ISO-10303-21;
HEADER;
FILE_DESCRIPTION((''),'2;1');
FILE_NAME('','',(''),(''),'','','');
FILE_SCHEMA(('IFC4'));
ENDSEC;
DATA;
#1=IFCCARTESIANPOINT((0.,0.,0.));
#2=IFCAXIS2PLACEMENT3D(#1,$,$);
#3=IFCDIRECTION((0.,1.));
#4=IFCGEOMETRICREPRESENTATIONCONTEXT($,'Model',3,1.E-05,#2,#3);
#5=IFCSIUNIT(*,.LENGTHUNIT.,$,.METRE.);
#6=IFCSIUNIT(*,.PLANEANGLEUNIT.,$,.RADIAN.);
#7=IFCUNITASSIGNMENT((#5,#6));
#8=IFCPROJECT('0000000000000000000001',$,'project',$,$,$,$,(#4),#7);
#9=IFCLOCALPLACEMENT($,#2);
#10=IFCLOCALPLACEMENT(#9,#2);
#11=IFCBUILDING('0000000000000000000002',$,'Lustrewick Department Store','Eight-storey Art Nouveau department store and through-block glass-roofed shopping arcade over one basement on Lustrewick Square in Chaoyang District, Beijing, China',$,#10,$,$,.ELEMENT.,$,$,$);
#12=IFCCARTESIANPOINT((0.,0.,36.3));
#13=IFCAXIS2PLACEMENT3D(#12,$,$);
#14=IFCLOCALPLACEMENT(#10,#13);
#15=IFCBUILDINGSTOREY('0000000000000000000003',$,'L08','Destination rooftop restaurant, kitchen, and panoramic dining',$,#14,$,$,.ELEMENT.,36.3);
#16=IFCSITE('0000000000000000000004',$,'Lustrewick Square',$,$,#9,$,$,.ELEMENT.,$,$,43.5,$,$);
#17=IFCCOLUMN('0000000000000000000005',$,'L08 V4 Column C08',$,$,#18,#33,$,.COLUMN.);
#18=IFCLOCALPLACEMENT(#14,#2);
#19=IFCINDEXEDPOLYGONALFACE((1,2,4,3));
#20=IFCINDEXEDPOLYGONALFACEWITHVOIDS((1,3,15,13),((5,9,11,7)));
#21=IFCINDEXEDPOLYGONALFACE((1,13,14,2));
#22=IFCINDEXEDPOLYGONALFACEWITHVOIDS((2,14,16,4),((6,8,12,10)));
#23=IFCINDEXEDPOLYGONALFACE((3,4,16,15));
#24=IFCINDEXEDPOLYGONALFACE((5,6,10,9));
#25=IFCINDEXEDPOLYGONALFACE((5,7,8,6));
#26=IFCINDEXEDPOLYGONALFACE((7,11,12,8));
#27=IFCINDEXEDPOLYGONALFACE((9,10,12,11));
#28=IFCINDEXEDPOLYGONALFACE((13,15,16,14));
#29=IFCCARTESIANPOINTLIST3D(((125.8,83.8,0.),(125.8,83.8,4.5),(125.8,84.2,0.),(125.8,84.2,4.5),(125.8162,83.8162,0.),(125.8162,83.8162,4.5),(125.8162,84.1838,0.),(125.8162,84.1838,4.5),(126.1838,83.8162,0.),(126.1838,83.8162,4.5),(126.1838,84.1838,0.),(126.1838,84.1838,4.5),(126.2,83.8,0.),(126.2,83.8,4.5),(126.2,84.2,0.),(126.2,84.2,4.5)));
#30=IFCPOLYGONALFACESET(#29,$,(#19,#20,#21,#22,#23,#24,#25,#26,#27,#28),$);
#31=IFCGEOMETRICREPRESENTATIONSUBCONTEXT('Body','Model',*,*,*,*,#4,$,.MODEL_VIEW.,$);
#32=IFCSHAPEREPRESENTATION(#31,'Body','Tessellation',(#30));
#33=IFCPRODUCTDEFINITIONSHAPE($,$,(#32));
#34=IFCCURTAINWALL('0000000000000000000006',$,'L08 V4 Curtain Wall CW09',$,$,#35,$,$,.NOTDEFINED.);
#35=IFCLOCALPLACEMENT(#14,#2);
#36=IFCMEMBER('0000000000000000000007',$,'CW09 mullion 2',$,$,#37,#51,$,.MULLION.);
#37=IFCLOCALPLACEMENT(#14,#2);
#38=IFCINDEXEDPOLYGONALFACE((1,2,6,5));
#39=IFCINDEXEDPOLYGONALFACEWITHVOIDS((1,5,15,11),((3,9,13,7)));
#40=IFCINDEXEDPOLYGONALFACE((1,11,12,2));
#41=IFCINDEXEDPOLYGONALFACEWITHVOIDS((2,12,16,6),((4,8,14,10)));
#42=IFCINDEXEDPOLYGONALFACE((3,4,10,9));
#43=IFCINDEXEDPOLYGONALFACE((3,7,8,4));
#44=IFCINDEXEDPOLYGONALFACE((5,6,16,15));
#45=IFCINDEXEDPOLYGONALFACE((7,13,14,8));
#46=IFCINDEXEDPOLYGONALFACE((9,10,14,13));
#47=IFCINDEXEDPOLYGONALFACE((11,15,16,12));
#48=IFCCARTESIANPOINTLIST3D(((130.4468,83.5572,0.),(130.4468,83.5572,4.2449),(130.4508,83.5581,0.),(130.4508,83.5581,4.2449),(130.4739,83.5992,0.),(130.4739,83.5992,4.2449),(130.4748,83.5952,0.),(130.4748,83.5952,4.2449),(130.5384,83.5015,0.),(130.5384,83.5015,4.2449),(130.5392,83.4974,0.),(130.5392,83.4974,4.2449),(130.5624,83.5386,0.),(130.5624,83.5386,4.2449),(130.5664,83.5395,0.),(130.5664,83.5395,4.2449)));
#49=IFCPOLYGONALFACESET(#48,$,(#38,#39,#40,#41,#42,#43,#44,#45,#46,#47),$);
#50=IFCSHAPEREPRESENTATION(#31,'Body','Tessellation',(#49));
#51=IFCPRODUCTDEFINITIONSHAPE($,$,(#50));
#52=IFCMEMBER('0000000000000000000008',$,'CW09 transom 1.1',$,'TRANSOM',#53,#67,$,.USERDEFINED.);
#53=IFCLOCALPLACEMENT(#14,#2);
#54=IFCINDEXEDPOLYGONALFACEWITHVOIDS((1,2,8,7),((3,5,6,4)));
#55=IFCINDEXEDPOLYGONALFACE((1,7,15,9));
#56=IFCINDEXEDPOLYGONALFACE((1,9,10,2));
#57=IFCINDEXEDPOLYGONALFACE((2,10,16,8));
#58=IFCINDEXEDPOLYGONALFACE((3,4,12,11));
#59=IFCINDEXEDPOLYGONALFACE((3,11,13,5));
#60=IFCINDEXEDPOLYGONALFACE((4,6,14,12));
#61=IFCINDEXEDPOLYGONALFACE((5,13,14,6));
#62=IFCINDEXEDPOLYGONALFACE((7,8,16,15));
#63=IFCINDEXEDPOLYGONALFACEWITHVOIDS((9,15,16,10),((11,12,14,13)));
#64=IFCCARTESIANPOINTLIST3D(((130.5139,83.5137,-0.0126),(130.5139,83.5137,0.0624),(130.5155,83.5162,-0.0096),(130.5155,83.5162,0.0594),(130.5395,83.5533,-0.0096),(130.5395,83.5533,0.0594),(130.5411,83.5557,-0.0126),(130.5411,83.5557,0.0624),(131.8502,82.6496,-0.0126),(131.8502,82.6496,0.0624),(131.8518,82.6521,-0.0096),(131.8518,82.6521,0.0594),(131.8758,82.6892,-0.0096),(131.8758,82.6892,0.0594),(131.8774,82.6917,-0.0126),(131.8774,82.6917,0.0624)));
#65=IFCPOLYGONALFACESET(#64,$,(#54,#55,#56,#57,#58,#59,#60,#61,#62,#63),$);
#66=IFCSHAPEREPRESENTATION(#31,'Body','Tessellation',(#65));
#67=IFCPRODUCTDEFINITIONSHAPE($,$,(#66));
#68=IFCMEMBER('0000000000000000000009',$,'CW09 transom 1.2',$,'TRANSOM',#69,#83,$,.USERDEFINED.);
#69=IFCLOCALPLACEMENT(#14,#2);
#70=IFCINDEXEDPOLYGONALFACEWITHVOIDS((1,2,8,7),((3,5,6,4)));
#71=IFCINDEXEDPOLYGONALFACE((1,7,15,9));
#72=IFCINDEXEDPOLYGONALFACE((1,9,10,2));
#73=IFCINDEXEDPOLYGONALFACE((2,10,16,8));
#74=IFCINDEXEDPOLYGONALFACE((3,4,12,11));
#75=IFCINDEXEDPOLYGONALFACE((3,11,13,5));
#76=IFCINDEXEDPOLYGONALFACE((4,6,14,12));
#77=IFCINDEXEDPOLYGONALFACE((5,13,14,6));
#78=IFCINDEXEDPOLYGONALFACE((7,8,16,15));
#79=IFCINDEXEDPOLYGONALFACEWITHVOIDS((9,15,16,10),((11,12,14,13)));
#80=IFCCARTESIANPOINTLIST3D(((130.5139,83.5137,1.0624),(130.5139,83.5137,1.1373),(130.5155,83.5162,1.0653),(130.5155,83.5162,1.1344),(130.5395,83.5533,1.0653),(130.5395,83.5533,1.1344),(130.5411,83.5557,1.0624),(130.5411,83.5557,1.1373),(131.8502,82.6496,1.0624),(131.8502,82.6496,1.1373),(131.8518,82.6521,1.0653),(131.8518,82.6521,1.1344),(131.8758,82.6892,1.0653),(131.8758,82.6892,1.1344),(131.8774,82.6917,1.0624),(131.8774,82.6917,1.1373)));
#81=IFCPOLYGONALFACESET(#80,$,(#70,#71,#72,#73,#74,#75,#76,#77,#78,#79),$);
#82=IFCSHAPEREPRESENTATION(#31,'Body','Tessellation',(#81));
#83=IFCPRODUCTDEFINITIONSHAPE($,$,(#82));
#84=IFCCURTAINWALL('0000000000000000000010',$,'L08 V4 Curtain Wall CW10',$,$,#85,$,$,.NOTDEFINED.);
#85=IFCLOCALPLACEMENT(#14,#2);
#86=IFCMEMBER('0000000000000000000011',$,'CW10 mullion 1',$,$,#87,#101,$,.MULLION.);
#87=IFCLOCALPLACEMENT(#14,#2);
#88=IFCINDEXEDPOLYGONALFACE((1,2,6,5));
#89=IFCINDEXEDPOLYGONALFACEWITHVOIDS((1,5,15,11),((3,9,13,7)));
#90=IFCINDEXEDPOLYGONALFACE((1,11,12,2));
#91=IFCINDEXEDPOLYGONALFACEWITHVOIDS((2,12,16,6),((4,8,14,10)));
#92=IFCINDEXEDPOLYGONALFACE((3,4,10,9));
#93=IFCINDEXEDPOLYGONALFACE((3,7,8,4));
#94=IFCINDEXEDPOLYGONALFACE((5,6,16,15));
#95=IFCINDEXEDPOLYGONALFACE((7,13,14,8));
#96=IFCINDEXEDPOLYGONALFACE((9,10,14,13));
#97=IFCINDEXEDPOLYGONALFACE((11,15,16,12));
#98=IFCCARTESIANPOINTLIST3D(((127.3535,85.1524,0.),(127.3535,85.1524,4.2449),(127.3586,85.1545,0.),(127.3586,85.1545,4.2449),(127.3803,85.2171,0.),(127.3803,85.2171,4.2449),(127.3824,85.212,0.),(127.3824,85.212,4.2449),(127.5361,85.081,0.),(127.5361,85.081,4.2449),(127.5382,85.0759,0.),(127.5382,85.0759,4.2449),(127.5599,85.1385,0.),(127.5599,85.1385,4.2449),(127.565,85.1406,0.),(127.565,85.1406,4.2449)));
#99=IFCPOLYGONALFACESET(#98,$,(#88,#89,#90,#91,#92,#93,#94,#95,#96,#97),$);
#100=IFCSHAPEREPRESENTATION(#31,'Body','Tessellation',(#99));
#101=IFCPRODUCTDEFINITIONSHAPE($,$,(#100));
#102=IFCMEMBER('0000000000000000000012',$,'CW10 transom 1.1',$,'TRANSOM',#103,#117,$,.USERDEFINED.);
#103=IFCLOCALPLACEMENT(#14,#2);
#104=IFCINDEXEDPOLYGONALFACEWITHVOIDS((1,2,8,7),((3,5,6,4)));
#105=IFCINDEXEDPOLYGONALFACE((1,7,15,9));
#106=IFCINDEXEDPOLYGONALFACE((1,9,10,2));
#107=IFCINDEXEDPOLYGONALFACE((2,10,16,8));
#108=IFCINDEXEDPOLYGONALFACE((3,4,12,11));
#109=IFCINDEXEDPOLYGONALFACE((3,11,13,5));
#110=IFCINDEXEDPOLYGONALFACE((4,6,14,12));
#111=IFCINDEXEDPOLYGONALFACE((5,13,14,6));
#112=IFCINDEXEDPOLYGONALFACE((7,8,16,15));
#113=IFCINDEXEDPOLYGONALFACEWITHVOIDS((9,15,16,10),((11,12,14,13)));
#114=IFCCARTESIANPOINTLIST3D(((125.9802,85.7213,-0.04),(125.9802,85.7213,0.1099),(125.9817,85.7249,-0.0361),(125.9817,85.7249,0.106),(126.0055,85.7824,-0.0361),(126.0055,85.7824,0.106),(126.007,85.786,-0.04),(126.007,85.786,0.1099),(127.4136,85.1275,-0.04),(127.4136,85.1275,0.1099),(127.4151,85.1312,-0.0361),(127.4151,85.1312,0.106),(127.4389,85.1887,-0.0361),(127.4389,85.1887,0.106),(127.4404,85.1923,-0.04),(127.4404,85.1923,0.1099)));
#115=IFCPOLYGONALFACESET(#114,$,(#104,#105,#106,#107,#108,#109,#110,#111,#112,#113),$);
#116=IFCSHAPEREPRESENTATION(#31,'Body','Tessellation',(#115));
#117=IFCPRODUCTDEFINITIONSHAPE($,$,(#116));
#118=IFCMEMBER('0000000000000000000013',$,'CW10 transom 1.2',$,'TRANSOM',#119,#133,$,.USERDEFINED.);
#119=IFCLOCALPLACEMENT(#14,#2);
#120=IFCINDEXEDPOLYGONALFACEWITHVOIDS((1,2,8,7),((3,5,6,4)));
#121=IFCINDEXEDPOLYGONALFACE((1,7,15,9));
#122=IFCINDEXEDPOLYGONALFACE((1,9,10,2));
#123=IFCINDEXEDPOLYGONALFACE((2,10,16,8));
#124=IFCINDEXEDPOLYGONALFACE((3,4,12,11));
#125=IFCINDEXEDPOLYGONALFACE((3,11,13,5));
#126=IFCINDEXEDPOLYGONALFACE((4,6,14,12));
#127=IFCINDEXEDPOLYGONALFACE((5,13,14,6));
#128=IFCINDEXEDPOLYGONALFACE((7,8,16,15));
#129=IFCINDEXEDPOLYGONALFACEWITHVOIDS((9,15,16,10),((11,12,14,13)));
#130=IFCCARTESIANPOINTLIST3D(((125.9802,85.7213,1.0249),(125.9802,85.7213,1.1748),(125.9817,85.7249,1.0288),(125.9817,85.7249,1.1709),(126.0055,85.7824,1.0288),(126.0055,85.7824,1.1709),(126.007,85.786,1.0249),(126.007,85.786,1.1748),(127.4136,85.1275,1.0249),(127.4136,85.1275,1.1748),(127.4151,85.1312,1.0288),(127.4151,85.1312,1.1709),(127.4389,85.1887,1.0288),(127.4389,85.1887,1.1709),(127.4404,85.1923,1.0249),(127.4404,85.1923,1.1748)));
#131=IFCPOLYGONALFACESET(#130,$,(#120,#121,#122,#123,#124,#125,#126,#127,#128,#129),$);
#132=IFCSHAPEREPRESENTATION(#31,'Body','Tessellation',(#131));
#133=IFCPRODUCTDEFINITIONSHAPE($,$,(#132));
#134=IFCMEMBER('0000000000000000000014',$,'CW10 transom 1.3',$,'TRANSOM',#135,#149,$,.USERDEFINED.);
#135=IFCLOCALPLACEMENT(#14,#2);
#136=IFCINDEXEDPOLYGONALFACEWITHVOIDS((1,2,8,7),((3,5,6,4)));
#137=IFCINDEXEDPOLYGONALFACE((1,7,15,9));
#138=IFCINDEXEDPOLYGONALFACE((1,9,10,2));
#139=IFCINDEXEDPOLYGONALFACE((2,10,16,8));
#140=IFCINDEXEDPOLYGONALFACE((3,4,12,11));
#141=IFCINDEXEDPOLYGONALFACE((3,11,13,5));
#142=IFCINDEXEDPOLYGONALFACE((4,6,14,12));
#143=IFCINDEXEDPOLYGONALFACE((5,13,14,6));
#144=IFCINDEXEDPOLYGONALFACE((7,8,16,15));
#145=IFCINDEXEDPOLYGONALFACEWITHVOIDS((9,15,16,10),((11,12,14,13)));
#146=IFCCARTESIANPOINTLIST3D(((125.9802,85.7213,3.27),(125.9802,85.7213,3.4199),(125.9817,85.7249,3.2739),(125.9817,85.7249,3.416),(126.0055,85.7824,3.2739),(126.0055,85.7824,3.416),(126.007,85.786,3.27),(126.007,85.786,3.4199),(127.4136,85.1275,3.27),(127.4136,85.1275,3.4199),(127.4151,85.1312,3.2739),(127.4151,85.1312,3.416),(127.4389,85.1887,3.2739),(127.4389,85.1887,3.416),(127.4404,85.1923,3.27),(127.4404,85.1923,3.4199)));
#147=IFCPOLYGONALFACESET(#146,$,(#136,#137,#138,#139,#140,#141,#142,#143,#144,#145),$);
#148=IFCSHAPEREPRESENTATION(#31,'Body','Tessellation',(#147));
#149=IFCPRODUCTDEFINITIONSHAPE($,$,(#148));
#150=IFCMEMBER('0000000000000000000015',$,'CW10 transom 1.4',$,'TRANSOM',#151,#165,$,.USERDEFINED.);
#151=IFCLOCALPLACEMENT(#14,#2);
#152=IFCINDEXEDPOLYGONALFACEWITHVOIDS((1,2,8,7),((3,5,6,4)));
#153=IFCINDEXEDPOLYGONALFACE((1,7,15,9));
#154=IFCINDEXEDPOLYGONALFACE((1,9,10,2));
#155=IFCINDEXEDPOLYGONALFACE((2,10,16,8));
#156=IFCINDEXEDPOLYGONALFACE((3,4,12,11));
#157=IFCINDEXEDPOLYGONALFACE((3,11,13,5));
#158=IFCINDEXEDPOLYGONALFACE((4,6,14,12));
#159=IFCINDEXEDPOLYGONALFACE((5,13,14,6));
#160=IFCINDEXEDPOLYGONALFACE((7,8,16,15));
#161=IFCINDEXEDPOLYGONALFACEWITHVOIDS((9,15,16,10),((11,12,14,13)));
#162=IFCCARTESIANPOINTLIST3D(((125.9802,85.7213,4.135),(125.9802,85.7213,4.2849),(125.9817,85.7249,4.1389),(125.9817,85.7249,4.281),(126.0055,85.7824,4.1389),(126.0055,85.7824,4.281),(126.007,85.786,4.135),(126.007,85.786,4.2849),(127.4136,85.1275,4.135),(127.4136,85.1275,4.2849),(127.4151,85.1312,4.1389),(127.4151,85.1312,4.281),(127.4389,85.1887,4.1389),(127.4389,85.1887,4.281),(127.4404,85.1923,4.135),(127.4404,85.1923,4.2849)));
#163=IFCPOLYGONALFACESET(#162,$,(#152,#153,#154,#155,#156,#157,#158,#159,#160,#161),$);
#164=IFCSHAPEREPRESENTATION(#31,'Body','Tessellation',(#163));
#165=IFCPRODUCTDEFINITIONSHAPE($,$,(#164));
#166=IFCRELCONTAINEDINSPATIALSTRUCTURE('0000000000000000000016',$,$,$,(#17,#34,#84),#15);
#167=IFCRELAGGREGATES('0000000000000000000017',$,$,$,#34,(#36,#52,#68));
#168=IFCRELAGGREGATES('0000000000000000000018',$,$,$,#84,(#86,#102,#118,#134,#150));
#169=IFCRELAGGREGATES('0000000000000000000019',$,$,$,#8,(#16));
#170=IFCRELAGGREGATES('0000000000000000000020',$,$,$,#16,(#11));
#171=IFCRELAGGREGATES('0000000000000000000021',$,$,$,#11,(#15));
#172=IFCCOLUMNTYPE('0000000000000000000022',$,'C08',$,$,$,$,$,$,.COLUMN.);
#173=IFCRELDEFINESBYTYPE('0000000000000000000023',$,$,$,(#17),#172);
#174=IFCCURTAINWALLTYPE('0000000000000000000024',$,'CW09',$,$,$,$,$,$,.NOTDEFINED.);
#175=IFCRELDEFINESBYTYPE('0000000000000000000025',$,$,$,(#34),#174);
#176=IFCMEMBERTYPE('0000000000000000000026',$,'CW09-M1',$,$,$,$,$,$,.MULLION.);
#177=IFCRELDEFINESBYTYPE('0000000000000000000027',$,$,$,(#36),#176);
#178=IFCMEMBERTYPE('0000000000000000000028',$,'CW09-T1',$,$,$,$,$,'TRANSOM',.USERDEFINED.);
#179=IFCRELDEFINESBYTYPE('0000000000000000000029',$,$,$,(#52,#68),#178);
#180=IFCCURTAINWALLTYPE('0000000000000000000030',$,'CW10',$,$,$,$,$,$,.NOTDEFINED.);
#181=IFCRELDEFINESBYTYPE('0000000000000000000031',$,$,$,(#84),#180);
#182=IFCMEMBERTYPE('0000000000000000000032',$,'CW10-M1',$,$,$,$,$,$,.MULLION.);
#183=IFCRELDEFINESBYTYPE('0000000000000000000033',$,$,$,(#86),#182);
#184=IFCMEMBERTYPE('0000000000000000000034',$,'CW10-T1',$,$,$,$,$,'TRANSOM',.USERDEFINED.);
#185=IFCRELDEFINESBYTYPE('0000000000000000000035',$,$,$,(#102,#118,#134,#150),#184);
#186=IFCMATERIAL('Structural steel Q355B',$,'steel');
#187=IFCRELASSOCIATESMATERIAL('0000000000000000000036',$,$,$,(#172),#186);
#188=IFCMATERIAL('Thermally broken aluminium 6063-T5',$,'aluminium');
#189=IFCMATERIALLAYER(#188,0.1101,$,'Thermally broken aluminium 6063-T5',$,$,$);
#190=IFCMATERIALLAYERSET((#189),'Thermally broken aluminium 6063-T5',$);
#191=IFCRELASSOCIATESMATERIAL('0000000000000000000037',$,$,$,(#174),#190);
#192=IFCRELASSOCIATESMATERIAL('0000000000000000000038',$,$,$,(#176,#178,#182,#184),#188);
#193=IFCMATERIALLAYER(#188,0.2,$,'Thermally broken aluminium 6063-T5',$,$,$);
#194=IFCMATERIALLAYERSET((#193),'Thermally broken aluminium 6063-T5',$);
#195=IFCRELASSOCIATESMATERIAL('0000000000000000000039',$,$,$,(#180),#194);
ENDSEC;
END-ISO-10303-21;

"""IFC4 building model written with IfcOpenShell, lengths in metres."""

from ifc_helpers import new_model, si_unit, direction, frame, origin, origin_2d, place, context, subcontext, project, spatial, hollow_rectangle, extrude, material, layer, layer_set, material_profile, profile_set, type_object, element, aggregate, save


model = new_model("IFC4")

# Units and contexts
model_context = context("Model", 3, precision=1e-05, world=origin(), true_north=direction((0.0, 1.0)))
body_context = subcontext(model_context, "Body", "Model", "MODEL_VIEW")
ifc_project = project(units=[si_unit("LENGTHUNIT", "METRE"), si_unit("PLANEANGLEUNIT", "RADIAN")], contexts=[model_context])

# Site, building, storey
site_placement = place(None, origin())
site = spatial("IfcSite", under=ifc_project, at=site_placement, Name="Lustrewick Square", CompositionType="ELEMENT", RefElevation=43.5)
building_placement = place(site_placement, origin())
building = spatial("IfcBuilding", under=site, at=building_placement, Name="Lustrewick Department Store", Description="Eight-storey Art Nouveau department store and through-block glass-roofed shopping arcade over one basement on Lustrewick Square in Chaoyang District, Beijing, China", CompositionType="ELEMENT")
storey_placement = place(building_placement, frame((0.0, 0.0, 36.3)))
storey = spatial("IfcBuildingStorey", under=building, at=storey_placement, Name="L08", Description="Destination rooftop restaurant, kitchen, and panoramic dining", CompositionType="ELEMENT", Elevation=36.3)

# Column
ifc_material_1 = material(Name="Structural steel Q355B", Category="steel")
ifc_material_profile_1 = material_profile(ifc_material_1, hollow_rectangle(XDim=0.3999, YDim=0.3999, WallThickness=0.0161, at=origin_2d()), Name="BOX 400x400x16")
ifc_profile_set_1 = profile_set([ifc_material_profile_1], Name="Structural steel Q355B")
column_type = type_object("IfcColumnType", Name="C08", PredefinedType="COLUMN", material=ifc_profile_set_1)
column_placement = place(storey_placement, frame((126.0, 84.0, 0.0), z_axis=(0.0, 0.0, 1.0), x_axis=(1.0, 0.0, 0.0)))
element("IfcColumn", 1, at=column_placement, inside=storey, type_object=column_type, Name="L08 V4 Column C08", PredefinedType="COLUMN", context=body_context, shape_type="SweptSolid", body=[
    extrude(hollow_rectangle(XDim=0.3999, YDim=0.3999, WallThickness=0.0161, at=origin_2d()), origin(), (0.0, 0.0, 1.0), 4.5),
])

# Curtain walls, members
ifc_material_2 = material(Name="Thermally broken aluminium 6063-T5", Category="aluminium")
ifc_layer_1 = layer(ifc_material_2, 0.1101, Name="Thermally broken aluminium 6063-T5")
ifc_layer_set_1 = layer_set([ifc_layer_1], Name="Thermally broken aluminium 6063-T5")
curtain_wall_type_1 = type_object("IfcCurtainWallType", Name="CW09", PredefinedType="NOTDEFINED", material=ifc_layer_set_1)
curtain_wall_1_placement = place(storey_placement, origin())
curtain_wall_1 = element("IfcCurtainWall", 2, at=curtain_wall_1_placement, inside=storey, type_object=curtain_wall_type_1, Name="L08 V4 Curtain Wall CW09", PredefinedType="NOTDEFINED")
ifc_material_profile_2 = material_profile(ifc_material_2, hollow_rectangle(XDim=0.05, YDim=0.1101, WallThickness=0.0029, at=origin_2d()), Name="ALU-M 50x110x3")
ifc_profile_set_2 = profile_set([ifc_material_profile_2], Name="Thermally broken aluminium 6063-T5")
member_type_1 = type_object("IfcMemberType", Name="CW09-M1", PredefinedType="MULLION", material=ifc_profile_set_2)
member_1_placement = place(storey_placement, frame((130.5066, 83.5483, 0.0), z_axis=(0.0, 0.0, 1.0), x_axis=(-0.542994, -0.839737, 0.0)))
member_1 = element("IfcMember", 3, at=member_1_placement, type_object=member_type_1, Name="CW09 mullion 2", PredefinedType="MULLION", context=body_context, shape_type="SweptSolid", body=[
    extrude(hollow_rectangle(XDim=0.05, YDim=0.1101, WallThickness=0.0029, at=origin_2d()), origin(), (0.0, 0.0, 1.0), 4.2449),
])
ifc_material_profile_3 = material_profile(ifc_material_2, hollow_rectangle(XDim=0.05, YDim=0.075, WallThickness=0.0029, at=origin_2d()), Name="ALU-T 50x75x3")
ifc_profile_set_3 = profile_set([ifc_material_profile_3], Name="Thermally broken aluminium 6063-T5")
member_type_2 = type_object("IfcMemberType", Name="CW09-T1", ElementType="TRANSOM", PredefinedType="USERDEFINED", material=ifc_profile_set_3)
member_2_placement = place(storey_placement, frame((131.8638, 82.6707, 0.0249), z_axis=(-0.839735, 0.542997, 0.0), x_axis=(-0.542997, -0.839735, 0.0)))
member_2 = element("IfcMember", 4, at=member_2_placement, type_object=member_type_2, Name="CW09 transom 1.1", ObjectType="TRANSOM", PredefinedType="USERDEFINED", context=body_context, shape_type="SweptSolid", body=[
    extrude(hollow_rectangle(XDim=0.05, YDim=0.075, WallThickness=0.0029, at=origin_2d()), origin(), (0.0, 0.0, 1.0), 1.5913),
])
member_3_placement = place(storey_placement, frame((131.8638, 82.6707, 1.0999), z_axis=(-0.839735, 0.542997, 0.0), x_axis=(-0.542997, -0.839735, 0.0)))
member_3 = element("IfcMember", 5, at=member_3_placement, type_object=member_type_2, Name="CW09 transom 1.2", ObjectType="TRANSOM", PredefinedType="USERDEFINED", context=body_context, shape_type="SweptSolid", body=[
    extrude(hollow_rectangle(XDim=0.05, YDim=0.075, WallThickness=0.0029, at=origin_2d()), origin(), (0.0, 0.0, 1.0), 1.5913),
])
ifc_layer_2 = layer(ifc_material_2, 0.2, Name="Thermally broken aluminium 6063-T5")
ifc_layer_set_2 = layer_set([ifc_layer_2], Name="Thermally broken aluminium 6063-T5")
curtain_wall_type_2 = type_object("IfcCurtainWallType", Name="CW10", PredefinedType="NOTDEFINED", material=ifc_layer_set_2)
curtain_wall_2_placement = place(storey_placement, origin())
curtain_wall_2 = element("IfcCurtainWall", 6, at=curtain_wall_2_placement, inside=storey, type_object=curtain_wall_type_2, Name="L08 V4 Curtain Wall CW10", PredefinedType="NOTDEFINED")
ifc_material_profile_4 = material_profile(ifc_material_2, hollow_rectangle(XDim=0.0701, YDim=0.2, WallThickness=0.0039, at=origin_2d()), Name="ALU-M 70x200x4")
ifc_profile_set_4 = profile_set([ifc_material_profile_4], Name="Thermally broken aluminium 6063-T5")
member_type_3 = type_object("IfcMemberType", Name="CW10-M1", PredefinedType="MULLION", material=ifc_profile_set_4)
member_4_placement = place(storey_placement, frame((127.4592, 85.1465, 0.0), z_axis=(0.0, 0.0, 1.0), x_axis=(-0.382688, -0.923878, 0.0)))
member_4 = element("IfcMember", 7, at=member_4_placement, type_object=member_type_3, Name="CW10 mullion 1", PredefinedType="MULLION", context=body_context, shape_type="SweptSolid", body=[
    extrude(hollow_rectangle(XDim=0.0701, YDim=0.2, WallThickness=0.0039, at=origin_2d()), origin(), (0.0, 0.0, 1.0), 4.2449),
])
ifc_material_profile_5 = material_profile(ifc_material_2, hollow_rectangle(XDim=0.0701, YDim=0.1499, WallThickness=0.0039, at=origin_2d()), Name="ALU-T 70x150x4")
ifc_profile_set_5 = profile_set([ifc_material_profile_5], Name="Thermally broken aluminium 6063-T5")
member_type_4 = type_object("IfcMemberType", Name="CW10-T1", ElementType="TRANSOM", PredefinedType="USERDEFINED", material=ifc_profile_set_5)
member_5_placement = place(storey_placement, frame((127.427, 85.1599, 0.0349), z_axis=(-0.923871, 0.382704, 0.0), x_axis=(-0.382704, -0.923871, 0.0)))
member_5 = element("IfcMember", 8, at=member_5_placement, type_object=member_type_4, Name="CW10 transom 1.1", ObjectType="TRANSOM", PredefinedType="USERDEFINED", context=body_context, shape_type="SweptSolid", body=[
    extrude(hollow_rectangle(XDim=0.0701, YDim=0.1499, WallThickness=0.0039, at=origin_2d()), origin(), (0.0, 0.0, 1.0), 1.5515),
])
member_6_placement = place(storey_placement, frame((127.427, 85.1599, 1.0999), z_axis=(-0.923871, 0.382704, 0.0), x_axis=(-0.382704, -0.923871, 0.0)))
member_6 = element("IfcMember", 9, at=member_6_placement, type_object=member_type_4, Name="CW10 transom 1.2", ObjectType="TRANSOM", PredefinedType="USERDEFINED", context=body_context, shape_type="SweptSolid", body=[
    extrude(hollow_rectangle(XDim=0.0701, YDim=0.1499, WallThickness=0.0039, at=origin_2d()), origin(), (0.0, 0.0, 1.0), 1.5515),
])
member_7_placement = place(storey_placement, frame((127.427, 85.1599, 3.345), z_axis=(-0.923871, 0.382704, 0.0), x_axis=(-0.382704, -0.923871, 0.0)))
member_7 = element("IfcMember", 10, at=member_7_placement, type_object=member_type_4, Name="CW10 transom 1.3", ObjectType="TRANSOM", PredefinedType="USERDEFINED", context=body_context, shape_type="SweptSolid", body=[
    extrude(hollow_rectangle(XDim=0.0701, YDim=0.1499, WallThickness=0.0039, at=origin_2d()), origin(), (0.0, 0.0, 1.0), 1.5515),
])
member_8_placement = place(storey_placement, frame((127.427, 85.1599, 4.21), z_axis=(-0.923871, 0.382704, 0.0), x_axis=(-0.382704, -0.923871, 0.0)))
member_8 = element("IfcMember", 11, at=member_8_placement, type_object=member_type_4, Name="CW10 transom 1.4", ObjectType="TRANSOM", PredefinedType="USERDEFINED", context=body_context, shape_type="SweptSolid", body=[
    extrude(hollow_rectangle(XDim=0.0701, YDim=0.1499, WallThickness=0.0039, at=origin_2d()), origin(), (0.0, 0.0, 1.0), 1.5515),
])

aggregate(curtain_wall_1, [member_1, member_2, member_3])
aggregate(curtain_wall_2, [member_4, member_5, member_6, member_7, member_8])

save(model, "model.ifc")
